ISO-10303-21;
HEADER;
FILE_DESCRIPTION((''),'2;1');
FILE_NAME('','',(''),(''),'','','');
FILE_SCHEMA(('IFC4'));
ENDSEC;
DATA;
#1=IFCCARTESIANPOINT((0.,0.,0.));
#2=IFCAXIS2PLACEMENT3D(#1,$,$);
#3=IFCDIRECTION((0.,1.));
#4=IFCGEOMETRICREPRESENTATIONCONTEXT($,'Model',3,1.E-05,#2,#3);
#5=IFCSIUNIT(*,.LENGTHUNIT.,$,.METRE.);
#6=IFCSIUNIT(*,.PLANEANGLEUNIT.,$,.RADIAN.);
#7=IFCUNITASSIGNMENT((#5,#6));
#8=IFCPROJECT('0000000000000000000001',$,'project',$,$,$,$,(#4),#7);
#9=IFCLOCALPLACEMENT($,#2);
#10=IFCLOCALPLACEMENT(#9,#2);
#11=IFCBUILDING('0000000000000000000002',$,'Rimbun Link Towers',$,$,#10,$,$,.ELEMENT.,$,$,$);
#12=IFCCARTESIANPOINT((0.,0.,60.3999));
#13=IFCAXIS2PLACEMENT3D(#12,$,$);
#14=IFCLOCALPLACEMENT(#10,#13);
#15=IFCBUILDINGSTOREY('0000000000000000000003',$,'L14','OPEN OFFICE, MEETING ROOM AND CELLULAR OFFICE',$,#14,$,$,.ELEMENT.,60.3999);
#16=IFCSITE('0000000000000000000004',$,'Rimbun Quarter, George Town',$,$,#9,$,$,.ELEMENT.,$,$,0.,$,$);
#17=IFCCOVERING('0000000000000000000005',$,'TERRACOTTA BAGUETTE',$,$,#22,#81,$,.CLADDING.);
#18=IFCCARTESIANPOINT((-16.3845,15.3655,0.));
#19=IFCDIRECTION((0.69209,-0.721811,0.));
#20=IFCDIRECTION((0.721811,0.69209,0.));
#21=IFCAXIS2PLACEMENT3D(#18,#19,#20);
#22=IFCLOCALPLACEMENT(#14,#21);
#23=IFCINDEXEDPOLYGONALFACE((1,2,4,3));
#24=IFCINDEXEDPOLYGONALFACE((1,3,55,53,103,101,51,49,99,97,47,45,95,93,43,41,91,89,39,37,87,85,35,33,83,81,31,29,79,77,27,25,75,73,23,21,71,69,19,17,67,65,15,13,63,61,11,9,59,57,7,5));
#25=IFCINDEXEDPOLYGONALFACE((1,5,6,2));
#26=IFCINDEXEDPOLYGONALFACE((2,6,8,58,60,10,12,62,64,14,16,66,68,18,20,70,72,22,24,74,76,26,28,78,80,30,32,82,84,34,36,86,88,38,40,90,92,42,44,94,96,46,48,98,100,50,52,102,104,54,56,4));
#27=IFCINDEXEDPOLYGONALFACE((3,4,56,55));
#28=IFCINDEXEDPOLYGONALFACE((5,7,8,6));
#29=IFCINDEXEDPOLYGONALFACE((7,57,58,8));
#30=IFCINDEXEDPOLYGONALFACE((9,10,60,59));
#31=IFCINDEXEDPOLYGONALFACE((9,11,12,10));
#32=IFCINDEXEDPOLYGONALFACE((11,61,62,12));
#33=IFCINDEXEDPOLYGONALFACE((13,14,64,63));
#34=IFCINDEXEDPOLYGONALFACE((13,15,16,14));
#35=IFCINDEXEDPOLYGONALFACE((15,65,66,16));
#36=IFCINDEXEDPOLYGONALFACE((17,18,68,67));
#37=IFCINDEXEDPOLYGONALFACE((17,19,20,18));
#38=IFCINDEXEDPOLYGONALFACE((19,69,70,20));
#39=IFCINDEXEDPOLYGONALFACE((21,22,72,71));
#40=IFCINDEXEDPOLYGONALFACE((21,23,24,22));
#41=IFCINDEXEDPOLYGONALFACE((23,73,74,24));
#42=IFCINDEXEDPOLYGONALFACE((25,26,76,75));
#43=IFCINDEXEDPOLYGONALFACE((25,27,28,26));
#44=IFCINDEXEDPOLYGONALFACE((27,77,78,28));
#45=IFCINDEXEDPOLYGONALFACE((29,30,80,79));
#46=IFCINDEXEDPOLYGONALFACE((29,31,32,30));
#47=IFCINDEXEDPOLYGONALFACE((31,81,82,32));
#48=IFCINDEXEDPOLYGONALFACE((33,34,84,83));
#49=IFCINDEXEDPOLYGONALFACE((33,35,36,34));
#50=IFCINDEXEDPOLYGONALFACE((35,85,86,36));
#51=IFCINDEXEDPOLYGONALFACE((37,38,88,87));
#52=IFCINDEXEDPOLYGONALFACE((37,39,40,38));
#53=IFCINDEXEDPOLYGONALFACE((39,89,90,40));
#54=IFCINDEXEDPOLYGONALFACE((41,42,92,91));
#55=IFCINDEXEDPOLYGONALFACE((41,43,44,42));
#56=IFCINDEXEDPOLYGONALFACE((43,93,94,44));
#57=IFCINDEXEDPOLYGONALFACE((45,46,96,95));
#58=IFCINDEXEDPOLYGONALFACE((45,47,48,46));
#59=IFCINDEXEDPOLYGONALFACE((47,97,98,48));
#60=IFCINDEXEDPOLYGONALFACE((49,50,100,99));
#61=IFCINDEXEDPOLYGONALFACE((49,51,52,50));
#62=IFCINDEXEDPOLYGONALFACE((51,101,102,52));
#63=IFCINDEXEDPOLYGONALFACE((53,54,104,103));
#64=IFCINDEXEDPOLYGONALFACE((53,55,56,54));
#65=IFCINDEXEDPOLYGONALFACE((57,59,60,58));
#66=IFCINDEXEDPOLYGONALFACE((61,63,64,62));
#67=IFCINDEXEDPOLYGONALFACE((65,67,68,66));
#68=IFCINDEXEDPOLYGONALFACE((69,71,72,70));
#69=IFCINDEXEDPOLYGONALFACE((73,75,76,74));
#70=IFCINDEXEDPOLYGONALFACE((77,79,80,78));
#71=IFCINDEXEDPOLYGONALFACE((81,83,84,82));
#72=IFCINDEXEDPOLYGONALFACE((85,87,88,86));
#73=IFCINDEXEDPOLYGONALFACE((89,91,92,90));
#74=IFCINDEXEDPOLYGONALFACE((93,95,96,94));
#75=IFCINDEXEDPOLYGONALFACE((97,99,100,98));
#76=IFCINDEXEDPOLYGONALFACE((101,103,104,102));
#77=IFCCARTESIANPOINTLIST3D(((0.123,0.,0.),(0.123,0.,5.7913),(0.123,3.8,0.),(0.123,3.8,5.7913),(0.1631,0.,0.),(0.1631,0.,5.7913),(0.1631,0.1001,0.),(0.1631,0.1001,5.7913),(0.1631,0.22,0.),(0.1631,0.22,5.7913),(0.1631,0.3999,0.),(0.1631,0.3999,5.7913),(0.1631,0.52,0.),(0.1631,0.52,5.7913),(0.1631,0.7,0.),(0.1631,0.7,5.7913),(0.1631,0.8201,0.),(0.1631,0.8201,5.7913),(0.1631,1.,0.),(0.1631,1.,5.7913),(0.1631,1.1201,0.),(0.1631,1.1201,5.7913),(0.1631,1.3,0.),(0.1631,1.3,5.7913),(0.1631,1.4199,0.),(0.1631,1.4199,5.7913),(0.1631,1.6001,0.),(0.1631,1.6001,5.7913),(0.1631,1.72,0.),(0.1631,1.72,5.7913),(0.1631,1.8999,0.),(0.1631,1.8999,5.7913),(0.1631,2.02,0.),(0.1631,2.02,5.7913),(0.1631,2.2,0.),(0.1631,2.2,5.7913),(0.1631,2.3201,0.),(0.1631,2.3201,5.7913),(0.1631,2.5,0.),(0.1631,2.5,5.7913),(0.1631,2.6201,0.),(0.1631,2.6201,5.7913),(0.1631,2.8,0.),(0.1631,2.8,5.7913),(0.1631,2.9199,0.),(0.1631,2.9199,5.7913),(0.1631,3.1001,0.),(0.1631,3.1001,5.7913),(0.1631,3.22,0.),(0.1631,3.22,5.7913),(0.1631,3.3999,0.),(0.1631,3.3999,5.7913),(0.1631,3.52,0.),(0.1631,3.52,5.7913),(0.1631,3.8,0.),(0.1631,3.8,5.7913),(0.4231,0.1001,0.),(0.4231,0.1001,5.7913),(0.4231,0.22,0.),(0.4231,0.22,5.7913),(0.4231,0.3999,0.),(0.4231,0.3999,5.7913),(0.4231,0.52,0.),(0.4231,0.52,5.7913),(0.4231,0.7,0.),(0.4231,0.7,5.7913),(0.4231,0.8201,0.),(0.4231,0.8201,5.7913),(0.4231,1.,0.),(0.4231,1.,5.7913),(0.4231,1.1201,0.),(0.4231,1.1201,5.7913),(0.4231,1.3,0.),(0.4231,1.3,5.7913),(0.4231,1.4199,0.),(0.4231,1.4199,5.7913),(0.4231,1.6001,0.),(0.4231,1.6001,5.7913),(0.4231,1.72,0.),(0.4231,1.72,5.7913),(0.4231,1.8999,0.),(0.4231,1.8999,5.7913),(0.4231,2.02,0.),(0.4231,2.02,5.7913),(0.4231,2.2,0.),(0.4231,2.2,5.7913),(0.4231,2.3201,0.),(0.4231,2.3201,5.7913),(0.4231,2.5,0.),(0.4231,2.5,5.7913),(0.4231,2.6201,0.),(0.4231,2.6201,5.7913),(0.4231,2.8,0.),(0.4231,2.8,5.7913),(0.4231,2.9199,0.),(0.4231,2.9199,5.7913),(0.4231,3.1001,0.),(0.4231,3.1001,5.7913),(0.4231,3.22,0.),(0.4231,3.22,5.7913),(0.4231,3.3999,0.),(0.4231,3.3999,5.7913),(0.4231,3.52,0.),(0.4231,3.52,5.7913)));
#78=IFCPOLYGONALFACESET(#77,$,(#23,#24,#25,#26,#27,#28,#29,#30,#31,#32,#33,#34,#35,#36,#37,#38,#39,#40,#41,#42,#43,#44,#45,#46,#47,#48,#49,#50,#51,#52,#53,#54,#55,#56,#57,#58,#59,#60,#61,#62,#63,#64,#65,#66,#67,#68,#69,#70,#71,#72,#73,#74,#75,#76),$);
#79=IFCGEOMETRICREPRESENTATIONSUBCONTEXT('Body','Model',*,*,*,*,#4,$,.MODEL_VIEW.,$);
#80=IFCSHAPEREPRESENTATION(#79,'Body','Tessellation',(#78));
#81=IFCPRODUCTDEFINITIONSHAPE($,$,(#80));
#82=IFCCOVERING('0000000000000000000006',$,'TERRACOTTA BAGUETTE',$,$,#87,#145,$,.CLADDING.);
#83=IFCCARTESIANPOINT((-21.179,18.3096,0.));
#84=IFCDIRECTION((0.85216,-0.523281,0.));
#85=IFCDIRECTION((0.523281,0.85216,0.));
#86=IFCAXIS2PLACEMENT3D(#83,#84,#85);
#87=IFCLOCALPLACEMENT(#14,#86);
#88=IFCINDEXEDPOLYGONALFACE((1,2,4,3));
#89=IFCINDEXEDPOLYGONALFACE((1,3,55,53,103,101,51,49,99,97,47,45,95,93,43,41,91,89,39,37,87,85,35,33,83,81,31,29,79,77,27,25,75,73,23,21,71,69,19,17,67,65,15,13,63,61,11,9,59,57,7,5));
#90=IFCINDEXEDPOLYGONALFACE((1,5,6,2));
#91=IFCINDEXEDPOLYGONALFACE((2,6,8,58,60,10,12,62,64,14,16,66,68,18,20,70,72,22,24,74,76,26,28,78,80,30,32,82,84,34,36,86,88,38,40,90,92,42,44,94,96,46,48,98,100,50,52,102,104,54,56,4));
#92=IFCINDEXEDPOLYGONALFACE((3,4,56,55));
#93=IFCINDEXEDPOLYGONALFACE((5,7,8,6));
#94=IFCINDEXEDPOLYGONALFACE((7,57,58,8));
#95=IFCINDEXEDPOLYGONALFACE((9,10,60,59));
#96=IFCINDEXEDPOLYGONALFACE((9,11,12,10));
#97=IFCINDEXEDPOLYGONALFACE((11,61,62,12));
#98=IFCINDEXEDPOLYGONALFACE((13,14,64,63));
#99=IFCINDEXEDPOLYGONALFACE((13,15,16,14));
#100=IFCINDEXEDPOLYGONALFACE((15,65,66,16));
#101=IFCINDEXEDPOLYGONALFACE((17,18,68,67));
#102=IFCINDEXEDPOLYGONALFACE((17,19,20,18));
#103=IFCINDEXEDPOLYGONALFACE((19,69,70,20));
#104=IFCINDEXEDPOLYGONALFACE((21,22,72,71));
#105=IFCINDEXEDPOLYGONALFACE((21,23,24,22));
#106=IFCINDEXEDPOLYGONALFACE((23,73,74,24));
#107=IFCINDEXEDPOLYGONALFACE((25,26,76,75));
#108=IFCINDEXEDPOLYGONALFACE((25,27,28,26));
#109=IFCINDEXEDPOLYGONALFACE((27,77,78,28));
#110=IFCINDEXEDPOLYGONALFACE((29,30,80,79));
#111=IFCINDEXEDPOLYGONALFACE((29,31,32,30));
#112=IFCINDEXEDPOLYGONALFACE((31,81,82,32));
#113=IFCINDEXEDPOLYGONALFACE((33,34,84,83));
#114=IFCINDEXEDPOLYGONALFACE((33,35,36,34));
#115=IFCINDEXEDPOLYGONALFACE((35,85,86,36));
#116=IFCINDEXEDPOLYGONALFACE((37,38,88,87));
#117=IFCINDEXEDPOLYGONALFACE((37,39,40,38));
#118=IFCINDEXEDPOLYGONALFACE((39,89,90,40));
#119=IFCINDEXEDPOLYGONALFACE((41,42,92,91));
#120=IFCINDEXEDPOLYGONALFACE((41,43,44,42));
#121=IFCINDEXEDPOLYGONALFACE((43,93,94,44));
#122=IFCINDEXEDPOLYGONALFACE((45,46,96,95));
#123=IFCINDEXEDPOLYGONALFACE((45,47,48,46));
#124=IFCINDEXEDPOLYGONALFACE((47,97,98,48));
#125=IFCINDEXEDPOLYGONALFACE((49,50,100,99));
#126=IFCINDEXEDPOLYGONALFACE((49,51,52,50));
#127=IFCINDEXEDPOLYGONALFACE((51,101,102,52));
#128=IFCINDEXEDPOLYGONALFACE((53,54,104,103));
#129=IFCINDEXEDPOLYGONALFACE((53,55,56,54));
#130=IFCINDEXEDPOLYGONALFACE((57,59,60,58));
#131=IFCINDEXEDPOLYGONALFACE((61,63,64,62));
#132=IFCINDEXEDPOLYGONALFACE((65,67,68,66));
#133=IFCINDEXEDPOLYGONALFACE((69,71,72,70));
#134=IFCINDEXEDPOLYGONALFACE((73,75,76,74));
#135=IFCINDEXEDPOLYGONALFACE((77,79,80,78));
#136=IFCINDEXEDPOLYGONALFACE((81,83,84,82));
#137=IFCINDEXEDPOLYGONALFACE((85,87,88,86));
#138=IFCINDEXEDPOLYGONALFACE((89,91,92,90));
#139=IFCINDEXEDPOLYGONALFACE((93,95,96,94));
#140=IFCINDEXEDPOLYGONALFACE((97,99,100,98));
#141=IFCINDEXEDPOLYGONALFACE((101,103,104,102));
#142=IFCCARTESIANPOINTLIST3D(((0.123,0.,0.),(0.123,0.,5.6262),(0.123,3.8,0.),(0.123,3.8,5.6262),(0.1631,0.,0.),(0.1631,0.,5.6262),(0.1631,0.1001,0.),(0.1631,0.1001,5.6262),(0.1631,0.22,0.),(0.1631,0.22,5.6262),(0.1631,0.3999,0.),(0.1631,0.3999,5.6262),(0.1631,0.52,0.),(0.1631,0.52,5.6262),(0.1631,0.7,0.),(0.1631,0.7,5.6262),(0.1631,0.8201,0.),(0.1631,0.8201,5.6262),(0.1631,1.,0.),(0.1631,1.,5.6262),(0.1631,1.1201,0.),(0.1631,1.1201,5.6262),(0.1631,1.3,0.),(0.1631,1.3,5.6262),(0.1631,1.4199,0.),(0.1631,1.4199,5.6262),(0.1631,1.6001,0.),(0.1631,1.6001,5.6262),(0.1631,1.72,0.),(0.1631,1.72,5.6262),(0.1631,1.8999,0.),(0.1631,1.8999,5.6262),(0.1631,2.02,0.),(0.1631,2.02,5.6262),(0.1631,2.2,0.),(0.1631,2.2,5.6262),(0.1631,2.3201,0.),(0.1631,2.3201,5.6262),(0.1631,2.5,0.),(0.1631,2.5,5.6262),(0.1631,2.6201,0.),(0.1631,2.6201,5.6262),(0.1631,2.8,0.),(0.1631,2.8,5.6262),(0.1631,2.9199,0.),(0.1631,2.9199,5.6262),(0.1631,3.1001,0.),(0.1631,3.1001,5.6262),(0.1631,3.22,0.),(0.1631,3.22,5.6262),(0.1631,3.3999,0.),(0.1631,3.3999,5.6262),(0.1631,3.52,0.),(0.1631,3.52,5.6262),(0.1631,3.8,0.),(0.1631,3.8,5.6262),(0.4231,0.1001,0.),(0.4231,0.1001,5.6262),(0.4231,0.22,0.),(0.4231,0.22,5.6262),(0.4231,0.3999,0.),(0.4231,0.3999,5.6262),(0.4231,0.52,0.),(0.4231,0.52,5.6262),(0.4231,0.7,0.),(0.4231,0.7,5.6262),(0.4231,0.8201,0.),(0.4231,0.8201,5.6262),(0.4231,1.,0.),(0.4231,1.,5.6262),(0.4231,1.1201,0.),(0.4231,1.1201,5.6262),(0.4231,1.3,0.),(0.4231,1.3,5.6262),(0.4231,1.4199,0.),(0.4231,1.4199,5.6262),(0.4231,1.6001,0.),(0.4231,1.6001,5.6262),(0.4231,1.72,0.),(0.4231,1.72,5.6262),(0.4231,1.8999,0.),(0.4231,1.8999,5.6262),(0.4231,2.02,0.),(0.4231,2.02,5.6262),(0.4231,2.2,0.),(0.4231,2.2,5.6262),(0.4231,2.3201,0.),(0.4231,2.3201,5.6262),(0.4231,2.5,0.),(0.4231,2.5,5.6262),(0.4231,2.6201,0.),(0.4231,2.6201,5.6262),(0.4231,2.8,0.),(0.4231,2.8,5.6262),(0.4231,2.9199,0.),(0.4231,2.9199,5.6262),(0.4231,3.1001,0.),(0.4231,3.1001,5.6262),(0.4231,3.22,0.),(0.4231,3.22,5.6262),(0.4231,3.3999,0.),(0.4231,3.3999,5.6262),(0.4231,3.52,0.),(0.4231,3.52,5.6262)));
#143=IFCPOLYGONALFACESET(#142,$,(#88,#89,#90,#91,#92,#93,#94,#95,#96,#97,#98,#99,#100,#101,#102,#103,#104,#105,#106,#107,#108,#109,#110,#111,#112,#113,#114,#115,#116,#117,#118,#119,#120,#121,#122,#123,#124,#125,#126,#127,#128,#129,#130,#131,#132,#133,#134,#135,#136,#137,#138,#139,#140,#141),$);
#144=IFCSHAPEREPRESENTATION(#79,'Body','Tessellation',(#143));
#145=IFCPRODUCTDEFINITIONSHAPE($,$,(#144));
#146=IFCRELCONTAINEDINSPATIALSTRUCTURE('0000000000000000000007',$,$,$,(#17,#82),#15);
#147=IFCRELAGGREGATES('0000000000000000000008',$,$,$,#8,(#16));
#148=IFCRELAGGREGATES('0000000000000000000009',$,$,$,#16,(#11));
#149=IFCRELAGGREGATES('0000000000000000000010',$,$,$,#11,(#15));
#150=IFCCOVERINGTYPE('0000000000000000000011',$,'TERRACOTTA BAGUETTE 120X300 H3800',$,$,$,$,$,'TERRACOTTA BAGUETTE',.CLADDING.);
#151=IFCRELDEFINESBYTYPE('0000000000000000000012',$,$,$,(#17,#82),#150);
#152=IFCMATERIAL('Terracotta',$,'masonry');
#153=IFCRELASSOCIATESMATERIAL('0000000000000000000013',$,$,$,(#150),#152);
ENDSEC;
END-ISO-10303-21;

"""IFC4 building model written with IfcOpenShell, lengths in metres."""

from ifc_helpers import new_model, si_unit, direction, frame, origin, place, context, subcontext, project, spatial, polyline, outline, extrude, material, material_profile, profile_set, type_object, element, save


model = new_model("IFC4")

# Units and contexts
model_context = context("Model", 3, precision=1e-05, world=origin(), true_north=direction((0.0, 1.0)))
body_context = subcontext(model_context, "Body", "Model", "MODEL_VIEW")
ifc_project = project(units=[si_unit("LENGTHUNIT", "METRE"), si_unit("PLANEANGLEUNIT", "RADIAN")], contexts=[model_context])

# Site, building, storey
site_placement = place(None, origin())
site = spatial("IfcSite", under=ifc_project, at=site_placement, Name="Rimbun Quarter, George Town", CompositionType="ELEMENT", RefElevation=0.0)
building_placement = place(site_placement, origin())
building = spatial("IfcBuilding", under=site, at=building_placement, Name="Rimbun Link Towers", CompositionType="ELEMENT")
storey_placement = place(building_placement, frame((0.0, 0.0, 60.3999)))
storey = spatial("IfcBuildingStorey", under=building, at=storey_placement, Name="L14", Description="OPEN OFFICE, MEETING ROOM AND CELLULAR OFFICE", CompositionType="ELEMENT", Elevation=60.3999)

# Coverings
ifc_material_1 = material(Name="Terracotta", Category="masonry")
ifc_material_profile_1 = material_profile(ifc_material_1, outline(polyline([(0.123, 0.0), (0.1631, 0.0), (0.1631, 0.1001), (0.4231, 0.1001), (0.4231, 0.22), (0.1631, 0.22), (0.1631, 0.3999), (0.4231, 0.3999), (0.4231, 0.52), (0.1631, 0.52), (0.1631, 0.7), (0.4231, 0.7), (0.4231, 0.8201), (0.1631, 0.8201), (0.1631, 1.0), (0.4231, 1.0), (0.4231, 1.1201), (0.1631, 1.1201), (0.1631, 1.3), (0.4231, 1.3), (0.4231, 1.4199), (0.1631, 1.4199), (0.1631, 1.6001), (0.4231, 1.6001), (0.4231, 1.72), (0.1631, 1.72), (0.1631, 1.8999), (0.4231, 1.8999), (0.4231, 2.02), (0.1631, 2.02), (0.1631, 2.2), (0.4231, 2.2), (0.4231, 2.3201), (0.1631, 2.3201), (0.1631, 2.5), (0.4231, 2.5), (0.4231, 2.6201), (0.1631, 2.6201), (0.1631, 2.8), (0.4231, 2.8), (0.4231, 2.9199), (0.1631, 2.9199), (0.1631, 3.1001), (0.4231, 3.1001), (0.4231, 3.22), (0.1631, 3.22), (0.1631, 3.3999), (0.4231, 3.3999), (0.4231, 3.52), (0.1631, 3.52), (0.1631, 3.8), (0.123, 3.8), (0.123, 0.0)])), Name="BAGUETTE 120X300")
ifc_profile_set_1 = profile_set([ifc_material_profile_1], Name="Terracotta")
covering_type = type_object("IfcCoveringType", Name="TERRACOTTA BAGUETTE 120X300 H3800", ElementType="TERRACOTTA BAGUETTE", PredefinedType="CLADDING", material=ifc_profile_set_1)
covering_1_placement = place(storey_placement, frame((-16.3845, 15.3655, 0.0), z_axis=(0.69209, -0.721811, 0.0), x_axis=(0.721811, 0.69209, 0.0)))
element("IfcCovering", 1, at=covering_1_placement, inside=storey, type_object=covering_type, Name="TERRACOTTA BAGUETTE", PredefinedType="CLADDING", context=body_context, shape_type="SweptSolid", body=[
    extrude(outline(polyline([(0.123, 0.0), (0.1631, 0.0), (0.1631, 0.1001), (0.4231, 0.1001), (0.4231, 0.22), (0.1631, 0.22), (0.1631, 0.3999), (0.4231, 0.3999), (0.4231, 0.52), (0.1631, 0.52), (0.1631, 0.7), (0.4231, 0.7), (0.4231, 0.8201), (0.1631, 0.8201), (0.1631, 1.0), (0.4231, 1.0), (0.4231, 1.1201), (0.1631, 1.1201), (0.1631, 1.3), (0.4231, 1.3), (0.4231, 1.4199), (0.1631, 1.4199), (0.1631, 1.6001), (0.4231, 1.6001), (0.4231, 1.72), (0.1631, 1.72), (0.1631, 1.8999), (0.4231, 1.8999), (0.4231, 2.02), (0.1631, 2.02), (0.1631, 2.2), (0.4231, 2.2), (0.4231, 2.3201), (0.1631, 2.3201), (0.1631, 2.5), (0.4231, 2.5), (0.4231, 2.6201), (0.1631, 2.6201), (0.1631, 2.8), (0.4231, 2.8), (0.4231, 2.9199), (0.1631, 2.9199), (0.1631, 3.1001), (0.4231, 3.1001), (0.4231, 3.22), (0.1631, 3.22), (0.1631, 3.3999), (0.4231, 3.3999), (0.4231, 3.52), (0.1631, 3.52), (0.1631, 3.8), (0.123, 3.8), (0.123, 0.0)])), origin(), (0.0, 0.0, 1.0), 5.7913),
])
covering_2_placement = place(storey_placement, frame((-21.179, 18.3096, 0.0), z_axis=(0.85216, -0.523281, 0.0), x_axis=(0.523281, 0.85216, 0.0)))
element("IfcCovering", 2, at=covering_2_placement, inside=storey, type_object=covering_type, Name="TERRACOTTA BAGUETTE", PredefinedType="CLADDING", context=body_context, shape_type="SweptSolid", body=[
    extrude(outline(polyline([(0.123, 0.0), (0.1631, 0.0), (0.1631, 0.1001), (0.4231, 0.1001), (0.4231, 0.22), (0.1631, 0.22), (0.1631, 0.3999), (0.4231, 0.3999), (0.4231, 0.52), (0.1631, 0.52), (0.1631, 0.7), (0.4231, 0.7), (0.4231, 0.8201), (0.1631, 0.8201), (0.1631, 1.0), (0.4231, 1.0), (0.4231, 1.1201), (0.1631, 1.1201), (0.1631, 1.3), (0.4231, 1.3), (0.4231, 1.4199), (0.1631, 1.4199), (0.1631, 1.6001), (0.4231, 1.6001), (0.4231, 1.72), (0.1631, 1.72), (0.1631, 1.8999), (0.4231, 1.8999), (0.4231, 2.02), (0.1631, 2.02), (0.1631, 2.2), (0.4231, 2.2), (0.4231, 2.3201), (0.1631, 2.3201), (0.1631, 2.5), (0.4231, 2.5), (0.4231, 2.6201), (0.1631, 2.6201), (0.1631, 2.8), (0.4231, 2.8), (0.4231, 2.9199), (0.1631, 2.9199), (0.1631, 3.1001), (0.4231, 3.1001), (0.4231, 3.22), (0.1631, 3.22), (0.1631, 3.3999), (0.4231, 3.3999), (0.4231, 3.52), (0.1631, 3.52), (0.1631, 3.8), (0.123, 3.8), (0.123, 0.0)])), origin(), (0.0, 0.0, 1.0), 5.6262),
])

save(model, "model.ifc")
